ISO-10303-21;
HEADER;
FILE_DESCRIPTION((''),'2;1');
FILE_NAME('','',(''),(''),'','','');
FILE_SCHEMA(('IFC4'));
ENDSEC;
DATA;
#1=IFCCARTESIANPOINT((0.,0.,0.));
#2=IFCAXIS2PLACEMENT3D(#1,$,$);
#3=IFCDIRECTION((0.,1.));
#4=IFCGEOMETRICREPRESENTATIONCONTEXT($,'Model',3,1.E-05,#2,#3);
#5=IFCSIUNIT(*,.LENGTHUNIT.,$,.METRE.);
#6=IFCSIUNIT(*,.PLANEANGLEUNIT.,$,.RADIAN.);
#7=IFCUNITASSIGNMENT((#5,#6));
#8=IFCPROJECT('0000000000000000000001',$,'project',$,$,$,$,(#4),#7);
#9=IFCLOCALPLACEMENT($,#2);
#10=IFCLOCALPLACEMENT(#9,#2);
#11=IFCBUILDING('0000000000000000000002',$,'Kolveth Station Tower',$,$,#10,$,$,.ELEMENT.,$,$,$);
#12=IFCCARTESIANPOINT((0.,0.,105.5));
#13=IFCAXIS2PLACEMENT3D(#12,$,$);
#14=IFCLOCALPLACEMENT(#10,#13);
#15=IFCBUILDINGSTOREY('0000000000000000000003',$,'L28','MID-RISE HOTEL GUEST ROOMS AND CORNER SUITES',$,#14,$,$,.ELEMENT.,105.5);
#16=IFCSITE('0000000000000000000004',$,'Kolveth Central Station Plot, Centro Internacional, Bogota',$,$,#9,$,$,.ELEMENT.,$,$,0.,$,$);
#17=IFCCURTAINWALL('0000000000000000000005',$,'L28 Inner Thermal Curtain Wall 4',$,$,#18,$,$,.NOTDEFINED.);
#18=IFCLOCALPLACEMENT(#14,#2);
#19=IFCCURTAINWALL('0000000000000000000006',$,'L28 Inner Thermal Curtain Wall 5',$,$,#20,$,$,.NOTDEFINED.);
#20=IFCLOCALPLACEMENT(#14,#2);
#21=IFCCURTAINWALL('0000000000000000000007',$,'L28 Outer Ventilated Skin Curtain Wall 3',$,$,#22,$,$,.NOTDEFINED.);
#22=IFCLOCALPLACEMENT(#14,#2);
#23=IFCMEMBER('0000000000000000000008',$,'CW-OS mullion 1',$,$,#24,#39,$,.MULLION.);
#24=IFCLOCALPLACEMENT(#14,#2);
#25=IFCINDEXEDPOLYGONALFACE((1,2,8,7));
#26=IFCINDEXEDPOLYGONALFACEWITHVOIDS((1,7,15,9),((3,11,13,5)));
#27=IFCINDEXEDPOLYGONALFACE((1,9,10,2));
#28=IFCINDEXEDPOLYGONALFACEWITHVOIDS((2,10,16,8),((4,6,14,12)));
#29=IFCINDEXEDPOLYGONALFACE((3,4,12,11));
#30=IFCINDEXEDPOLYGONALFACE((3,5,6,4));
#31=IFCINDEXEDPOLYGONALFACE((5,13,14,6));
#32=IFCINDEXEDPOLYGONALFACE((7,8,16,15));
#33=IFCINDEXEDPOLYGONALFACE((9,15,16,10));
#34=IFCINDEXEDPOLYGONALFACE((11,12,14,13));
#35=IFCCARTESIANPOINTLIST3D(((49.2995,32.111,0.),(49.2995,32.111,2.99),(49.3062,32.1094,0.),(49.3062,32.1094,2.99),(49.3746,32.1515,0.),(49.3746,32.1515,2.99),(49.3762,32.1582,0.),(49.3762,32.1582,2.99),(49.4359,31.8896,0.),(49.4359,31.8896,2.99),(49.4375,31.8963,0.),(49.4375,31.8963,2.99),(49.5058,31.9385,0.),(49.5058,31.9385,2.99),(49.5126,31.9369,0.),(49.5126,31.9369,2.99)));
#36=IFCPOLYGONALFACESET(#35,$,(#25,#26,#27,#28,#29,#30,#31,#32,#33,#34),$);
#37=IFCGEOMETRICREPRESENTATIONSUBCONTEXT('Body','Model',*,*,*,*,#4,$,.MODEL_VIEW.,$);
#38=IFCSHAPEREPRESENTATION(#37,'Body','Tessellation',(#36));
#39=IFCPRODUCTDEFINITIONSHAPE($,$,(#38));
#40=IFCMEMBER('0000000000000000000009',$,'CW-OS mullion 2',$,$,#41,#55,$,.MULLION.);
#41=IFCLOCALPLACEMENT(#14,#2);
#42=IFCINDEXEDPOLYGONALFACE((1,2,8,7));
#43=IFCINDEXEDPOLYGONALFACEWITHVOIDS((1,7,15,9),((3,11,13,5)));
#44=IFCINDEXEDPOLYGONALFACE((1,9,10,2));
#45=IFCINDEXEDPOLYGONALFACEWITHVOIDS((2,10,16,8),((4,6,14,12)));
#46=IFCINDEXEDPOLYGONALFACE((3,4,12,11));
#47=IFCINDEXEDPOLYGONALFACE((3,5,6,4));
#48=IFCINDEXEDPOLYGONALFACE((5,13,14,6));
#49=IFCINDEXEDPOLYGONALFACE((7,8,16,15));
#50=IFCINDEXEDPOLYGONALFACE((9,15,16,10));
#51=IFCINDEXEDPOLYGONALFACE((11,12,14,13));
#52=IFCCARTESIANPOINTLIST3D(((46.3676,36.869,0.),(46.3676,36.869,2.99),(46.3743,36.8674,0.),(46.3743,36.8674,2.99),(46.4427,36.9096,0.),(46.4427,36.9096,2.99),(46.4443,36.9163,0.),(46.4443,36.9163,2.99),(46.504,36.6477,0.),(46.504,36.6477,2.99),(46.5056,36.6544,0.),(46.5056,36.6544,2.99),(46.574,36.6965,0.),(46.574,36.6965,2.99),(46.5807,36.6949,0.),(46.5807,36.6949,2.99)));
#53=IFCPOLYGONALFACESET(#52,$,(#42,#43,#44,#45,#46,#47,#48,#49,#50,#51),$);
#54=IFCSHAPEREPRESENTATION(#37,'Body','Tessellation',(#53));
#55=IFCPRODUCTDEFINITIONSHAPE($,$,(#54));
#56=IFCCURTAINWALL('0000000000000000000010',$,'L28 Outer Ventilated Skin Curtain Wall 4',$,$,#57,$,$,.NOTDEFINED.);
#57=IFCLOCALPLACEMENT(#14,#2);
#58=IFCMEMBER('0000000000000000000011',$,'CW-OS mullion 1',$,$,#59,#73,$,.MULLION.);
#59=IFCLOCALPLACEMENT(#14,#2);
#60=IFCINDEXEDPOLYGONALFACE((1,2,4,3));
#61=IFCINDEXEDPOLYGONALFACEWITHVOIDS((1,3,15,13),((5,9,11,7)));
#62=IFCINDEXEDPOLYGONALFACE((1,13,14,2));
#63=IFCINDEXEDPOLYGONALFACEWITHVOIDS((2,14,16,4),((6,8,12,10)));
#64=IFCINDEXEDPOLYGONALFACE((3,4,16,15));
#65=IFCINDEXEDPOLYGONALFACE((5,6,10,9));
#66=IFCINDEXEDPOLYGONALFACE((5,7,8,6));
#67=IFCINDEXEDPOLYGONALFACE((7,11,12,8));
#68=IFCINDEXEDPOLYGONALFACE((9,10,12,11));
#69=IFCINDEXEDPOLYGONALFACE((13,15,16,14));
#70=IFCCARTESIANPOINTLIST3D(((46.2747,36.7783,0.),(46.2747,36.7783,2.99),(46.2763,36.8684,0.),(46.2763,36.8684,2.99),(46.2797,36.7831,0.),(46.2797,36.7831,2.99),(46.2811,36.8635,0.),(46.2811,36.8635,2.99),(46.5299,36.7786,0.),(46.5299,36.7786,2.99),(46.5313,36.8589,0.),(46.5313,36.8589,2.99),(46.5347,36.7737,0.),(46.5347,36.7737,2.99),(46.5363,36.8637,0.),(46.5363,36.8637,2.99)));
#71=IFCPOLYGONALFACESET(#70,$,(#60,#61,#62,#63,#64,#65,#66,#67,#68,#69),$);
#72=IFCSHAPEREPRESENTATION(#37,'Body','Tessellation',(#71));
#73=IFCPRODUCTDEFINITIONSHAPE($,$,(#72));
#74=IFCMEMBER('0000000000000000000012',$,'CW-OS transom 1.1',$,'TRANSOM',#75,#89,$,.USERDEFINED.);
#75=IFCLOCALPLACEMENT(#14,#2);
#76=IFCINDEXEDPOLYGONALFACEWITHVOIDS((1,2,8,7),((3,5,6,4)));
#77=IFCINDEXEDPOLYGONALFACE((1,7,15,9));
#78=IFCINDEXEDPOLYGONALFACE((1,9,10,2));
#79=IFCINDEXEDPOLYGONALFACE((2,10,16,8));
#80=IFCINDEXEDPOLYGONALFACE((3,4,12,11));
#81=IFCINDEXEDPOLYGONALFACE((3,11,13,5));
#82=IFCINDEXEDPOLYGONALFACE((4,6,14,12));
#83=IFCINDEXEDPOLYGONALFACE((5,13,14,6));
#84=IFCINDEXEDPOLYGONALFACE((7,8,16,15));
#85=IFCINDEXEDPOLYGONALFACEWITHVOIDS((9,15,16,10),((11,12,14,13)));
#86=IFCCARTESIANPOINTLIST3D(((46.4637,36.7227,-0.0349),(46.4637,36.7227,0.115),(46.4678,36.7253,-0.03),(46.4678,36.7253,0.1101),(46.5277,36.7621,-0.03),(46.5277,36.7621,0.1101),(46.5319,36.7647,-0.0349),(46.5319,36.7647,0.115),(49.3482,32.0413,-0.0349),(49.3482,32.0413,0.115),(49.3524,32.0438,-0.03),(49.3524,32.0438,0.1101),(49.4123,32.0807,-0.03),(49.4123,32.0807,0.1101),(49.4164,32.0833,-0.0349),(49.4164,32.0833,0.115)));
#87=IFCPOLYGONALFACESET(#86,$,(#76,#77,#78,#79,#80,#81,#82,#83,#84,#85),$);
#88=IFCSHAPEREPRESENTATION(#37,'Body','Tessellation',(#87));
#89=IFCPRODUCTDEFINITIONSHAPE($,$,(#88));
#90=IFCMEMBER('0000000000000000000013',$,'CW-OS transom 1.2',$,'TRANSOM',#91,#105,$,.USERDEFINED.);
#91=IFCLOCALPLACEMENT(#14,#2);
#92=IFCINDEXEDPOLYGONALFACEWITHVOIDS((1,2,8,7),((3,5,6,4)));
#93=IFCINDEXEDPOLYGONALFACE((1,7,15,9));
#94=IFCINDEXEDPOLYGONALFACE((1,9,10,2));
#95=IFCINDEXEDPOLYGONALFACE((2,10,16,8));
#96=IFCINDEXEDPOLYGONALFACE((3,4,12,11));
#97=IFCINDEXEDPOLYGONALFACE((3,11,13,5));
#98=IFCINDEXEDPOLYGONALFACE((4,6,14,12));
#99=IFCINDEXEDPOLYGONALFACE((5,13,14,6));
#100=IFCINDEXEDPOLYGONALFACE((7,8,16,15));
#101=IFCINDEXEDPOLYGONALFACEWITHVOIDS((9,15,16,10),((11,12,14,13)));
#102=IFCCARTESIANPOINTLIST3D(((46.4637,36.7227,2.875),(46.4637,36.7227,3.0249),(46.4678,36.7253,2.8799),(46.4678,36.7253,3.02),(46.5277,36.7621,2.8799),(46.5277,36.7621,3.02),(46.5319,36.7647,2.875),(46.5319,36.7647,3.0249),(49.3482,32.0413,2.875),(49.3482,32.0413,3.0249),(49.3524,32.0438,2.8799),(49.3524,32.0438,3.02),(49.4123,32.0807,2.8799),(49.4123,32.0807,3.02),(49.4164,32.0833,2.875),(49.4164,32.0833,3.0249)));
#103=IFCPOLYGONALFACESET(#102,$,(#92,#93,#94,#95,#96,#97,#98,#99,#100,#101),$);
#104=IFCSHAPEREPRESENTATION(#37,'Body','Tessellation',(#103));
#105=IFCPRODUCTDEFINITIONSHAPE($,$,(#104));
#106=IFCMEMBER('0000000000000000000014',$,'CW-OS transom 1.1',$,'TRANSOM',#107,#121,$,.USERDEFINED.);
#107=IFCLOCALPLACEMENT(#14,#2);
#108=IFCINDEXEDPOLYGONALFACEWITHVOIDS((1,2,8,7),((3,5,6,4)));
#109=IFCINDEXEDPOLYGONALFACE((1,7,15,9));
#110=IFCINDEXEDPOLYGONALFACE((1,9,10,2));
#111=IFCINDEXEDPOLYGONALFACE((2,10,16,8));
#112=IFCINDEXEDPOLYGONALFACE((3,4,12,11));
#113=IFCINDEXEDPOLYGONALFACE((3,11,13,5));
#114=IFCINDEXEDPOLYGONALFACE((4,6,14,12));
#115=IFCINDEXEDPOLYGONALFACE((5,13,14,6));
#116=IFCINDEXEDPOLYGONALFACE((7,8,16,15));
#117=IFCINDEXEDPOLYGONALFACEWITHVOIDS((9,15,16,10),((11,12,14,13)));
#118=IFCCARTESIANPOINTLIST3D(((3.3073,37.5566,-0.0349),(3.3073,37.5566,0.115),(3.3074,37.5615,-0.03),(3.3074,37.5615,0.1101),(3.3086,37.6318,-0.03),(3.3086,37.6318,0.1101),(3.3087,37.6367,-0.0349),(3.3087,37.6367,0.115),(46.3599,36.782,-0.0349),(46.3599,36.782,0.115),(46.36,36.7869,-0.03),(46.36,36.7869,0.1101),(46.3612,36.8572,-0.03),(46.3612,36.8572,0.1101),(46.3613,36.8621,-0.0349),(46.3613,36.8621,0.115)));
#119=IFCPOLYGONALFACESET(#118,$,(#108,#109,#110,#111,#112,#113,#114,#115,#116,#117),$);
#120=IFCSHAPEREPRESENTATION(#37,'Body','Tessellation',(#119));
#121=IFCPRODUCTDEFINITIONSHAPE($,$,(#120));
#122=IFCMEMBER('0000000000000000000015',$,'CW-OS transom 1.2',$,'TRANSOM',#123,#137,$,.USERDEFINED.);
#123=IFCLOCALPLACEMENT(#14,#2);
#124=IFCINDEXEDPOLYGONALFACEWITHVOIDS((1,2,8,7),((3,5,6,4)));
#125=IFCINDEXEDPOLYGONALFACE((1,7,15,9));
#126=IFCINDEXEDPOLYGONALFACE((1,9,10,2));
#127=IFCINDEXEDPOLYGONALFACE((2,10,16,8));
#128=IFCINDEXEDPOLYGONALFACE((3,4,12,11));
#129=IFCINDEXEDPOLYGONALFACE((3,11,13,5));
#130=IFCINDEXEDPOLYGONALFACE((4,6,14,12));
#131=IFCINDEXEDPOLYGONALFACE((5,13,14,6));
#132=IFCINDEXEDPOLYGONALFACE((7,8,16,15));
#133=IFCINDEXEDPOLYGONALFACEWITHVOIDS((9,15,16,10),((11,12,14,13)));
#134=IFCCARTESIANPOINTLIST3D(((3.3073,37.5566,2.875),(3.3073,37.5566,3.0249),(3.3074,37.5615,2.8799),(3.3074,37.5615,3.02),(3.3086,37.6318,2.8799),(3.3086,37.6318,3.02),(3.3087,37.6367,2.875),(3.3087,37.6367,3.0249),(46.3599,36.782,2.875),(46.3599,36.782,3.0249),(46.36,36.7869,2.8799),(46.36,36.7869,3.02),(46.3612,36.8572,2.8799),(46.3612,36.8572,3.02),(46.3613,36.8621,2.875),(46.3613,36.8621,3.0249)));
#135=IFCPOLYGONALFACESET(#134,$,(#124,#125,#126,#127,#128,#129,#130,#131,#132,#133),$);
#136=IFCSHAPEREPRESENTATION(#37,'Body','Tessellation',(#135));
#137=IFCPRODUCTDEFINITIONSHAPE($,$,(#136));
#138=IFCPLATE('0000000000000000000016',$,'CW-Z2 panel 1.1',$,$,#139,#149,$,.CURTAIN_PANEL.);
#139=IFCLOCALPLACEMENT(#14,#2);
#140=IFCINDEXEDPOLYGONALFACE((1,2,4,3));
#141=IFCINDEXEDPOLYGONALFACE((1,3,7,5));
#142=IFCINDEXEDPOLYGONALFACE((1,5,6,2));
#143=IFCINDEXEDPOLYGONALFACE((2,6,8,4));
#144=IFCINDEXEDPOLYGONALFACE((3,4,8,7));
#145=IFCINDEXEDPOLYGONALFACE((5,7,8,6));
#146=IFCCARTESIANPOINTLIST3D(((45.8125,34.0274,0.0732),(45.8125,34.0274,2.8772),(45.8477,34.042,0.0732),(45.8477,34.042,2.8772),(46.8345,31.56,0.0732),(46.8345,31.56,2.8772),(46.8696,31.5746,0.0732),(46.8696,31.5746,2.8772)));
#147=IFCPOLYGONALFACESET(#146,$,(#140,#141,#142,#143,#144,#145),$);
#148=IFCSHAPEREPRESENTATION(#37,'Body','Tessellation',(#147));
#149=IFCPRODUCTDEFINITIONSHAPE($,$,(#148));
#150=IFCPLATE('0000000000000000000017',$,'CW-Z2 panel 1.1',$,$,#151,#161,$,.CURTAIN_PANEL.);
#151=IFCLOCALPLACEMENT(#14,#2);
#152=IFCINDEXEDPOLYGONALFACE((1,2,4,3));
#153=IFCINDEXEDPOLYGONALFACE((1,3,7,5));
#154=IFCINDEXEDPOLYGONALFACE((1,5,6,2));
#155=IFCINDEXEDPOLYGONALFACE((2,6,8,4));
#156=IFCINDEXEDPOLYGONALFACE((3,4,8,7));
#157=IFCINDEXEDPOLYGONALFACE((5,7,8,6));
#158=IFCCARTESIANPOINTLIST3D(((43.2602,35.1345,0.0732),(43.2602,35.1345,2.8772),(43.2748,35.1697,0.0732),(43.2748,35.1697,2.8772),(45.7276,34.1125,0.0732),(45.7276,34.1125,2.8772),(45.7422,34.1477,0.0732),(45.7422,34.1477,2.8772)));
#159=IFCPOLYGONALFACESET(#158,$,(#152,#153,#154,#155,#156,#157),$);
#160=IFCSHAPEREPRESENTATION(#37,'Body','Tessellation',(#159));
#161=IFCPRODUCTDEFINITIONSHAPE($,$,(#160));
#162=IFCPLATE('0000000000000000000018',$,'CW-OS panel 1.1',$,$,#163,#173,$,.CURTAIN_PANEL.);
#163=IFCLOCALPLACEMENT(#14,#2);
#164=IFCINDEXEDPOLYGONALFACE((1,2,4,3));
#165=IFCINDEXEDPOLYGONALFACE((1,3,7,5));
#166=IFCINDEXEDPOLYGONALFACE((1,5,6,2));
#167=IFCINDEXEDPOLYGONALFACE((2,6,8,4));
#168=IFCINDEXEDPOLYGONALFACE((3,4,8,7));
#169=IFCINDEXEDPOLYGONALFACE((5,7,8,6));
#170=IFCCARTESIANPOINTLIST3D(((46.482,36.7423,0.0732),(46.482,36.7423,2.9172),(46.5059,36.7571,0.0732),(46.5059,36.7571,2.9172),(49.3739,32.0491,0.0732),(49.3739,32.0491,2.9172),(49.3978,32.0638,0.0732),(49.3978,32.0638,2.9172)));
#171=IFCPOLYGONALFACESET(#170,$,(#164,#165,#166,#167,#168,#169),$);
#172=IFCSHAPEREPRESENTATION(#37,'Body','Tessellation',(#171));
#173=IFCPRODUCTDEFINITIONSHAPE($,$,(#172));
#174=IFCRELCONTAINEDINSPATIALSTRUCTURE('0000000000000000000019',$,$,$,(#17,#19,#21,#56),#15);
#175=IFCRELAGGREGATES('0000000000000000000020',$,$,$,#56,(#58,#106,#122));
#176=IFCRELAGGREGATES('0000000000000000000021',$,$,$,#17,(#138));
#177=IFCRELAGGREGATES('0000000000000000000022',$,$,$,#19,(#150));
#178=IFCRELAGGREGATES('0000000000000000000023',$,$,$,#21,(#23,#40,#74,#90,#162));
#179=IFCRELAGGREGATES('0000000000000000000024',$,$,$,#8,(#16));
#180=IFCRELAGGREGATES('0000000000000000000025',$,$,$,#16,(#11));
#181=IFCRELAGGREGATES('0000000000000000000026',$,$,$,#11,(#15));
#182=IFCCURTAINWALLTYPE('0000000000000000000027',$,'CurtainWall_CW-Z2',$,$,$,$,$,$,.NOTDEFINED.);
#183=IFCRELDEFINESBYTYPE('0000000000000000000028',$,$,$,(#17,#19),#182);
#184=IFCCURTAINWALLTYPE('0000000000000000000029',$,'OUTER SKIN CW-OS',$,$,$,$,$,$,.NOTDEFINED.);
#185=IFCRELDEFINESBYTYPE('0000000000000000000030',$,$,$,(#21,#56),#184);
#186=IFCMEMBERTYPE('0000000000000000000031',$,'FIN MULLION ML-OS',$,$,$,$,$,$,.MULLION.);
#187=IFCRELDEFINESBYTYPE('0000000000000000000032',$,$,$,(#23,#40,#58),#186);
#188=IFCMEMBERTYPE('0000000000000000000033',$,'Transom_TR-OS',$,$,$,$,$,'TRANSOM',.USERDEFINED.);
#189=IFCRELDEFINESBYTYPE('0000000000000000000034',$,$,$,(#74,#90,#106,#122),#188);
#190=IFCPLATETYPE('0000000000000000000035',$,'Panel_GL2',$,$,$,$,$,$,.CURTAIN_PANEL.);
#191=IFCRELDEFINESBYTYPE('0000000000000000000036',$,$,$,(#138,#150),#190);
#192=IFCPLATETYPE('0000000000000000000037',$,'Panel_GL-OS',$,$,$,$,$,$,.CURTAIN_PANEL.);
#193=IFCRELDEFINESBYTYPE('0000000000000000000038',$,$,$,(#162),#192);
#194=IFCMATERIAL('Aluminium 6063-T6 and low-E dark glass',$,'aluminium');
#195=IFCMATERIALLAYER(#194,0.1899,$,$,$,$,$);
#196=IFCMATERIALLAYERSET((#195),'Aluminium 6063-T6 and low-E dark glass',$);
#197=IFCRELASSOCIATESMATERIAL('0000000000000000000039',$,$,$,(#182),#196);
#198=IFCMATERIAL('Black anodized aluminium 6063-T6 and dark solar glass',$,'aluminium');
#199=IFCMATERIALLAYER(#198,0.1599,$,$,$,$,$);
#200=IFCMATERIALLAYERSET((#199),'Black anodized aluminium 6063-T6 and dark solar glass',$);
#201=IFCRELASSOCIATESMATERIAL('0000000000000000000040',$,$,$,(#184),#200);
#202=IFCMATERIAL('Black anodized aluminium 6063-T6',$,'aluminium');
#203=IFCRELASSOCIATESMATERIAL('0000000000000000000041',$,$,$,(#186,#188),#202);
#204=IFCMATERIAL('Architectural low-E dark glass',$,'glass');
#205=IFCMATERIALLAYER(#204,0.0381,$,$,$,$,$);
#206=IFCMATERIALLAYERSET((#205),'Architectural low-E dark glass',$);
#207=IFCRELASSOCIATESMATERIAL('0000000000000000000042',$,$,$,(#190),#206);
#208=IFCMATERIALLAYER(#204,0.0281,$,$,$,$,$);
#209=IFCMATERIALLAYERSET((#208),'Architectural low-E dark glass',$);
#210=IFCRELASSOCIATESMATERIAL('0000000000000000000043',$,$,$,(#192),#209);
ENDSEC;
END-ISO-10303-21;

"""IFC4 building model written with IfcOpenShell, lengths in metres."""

from ifc_helpers import new_model, si_unit, direction, frame, origin, origin_2d, place, context, subcontext, project, spatial, rectangle, hollow_rectangle, extrude, source, transform, mapped, material, layer, layer_set, material_profile, profile_set, type_object, element, aggregate, save


model = new_model("IFC4")

# Units and contexts
model_context = context("Model", 3, precision=1e-05, world=origin(), true_north=direction((0.0, 1.0)))
body_context = subcontext(model_context, "Body", "Model", "MODEL_VIEW")
ifc_project = project(units=[si_unit("LENGTHUNIT", "METRE"), si_unit("PLANEANGLEUNIT", "RADIAN")], contexts=[model_context])

# Site, building, storey
site_placement = place(None, origin())
site = spatial("IfcSite", under=ifc_project, at=site_placement, Name="Kolveth Central Station Plot, Centro Internacional, Bogota", CompositionType="ELEMENT", RefElevation=0.0)
building_placement = place(site_placement, origin())
building = spatial("IfcBuilding", under=site, at=building_placement, Name="Kolveth Station Tower", CompositionType="ELEMENT")
storey_placement = place(building_placement, frame((0.0, 0.0, 105.5)))
storey = spatial("IfcBuildingStorey", under=building, at=storey_placement, Name="L28", Description="MID-RISE HOTEL GUEST ROOMS AND CORNER SUITES", CompositionType="ELEMENT", Elevation=105.5)

# Curtain wall
ifc_material_1 = material(Name="Aluminium 6063-T6 and low-E dark glass", Category="aluminium")
ifc_layer_1 = layer(ifc_material_1, 0.1899)
ifc_layer_set_1 = layer_set([ifc_layer_1], Name="Aluminium 6063-T6 and low-E dark glass")
curtain_wall_type_1 = type_object("IfcCurtainWallType", Name="CurtainWall_CW-Z2", PredefinedType="NOTDEFINED", material=ifc_layer_set_1)
curtain_wall_1_placement = place(storey_placement, origin())
curtain_wall_1 = element("IfcCurtainWall", 1, at=curtain_wall_1_placement, inside=storey, type_object=curtain_wall_type_1, Name="L28 Inner Thermal Curtain Wall 4", PredefinedType="NOTDEFINED")
ifc_material_2 = material(Name="Black anodized aluminium 6063-T6", Category="aluminium")

# Curtain wall
curtain_wall_2_placement = place(storey_placement, origin())
curtain_wall_2 = element("IfcCurtainWall", 2, at=curtain_wall_2_placement, inside=storey, type_object=curtain_wall_type_1, Name="L28 Inner Thermal Curtain Wall 5", PredefinedType="NOTDEFINED")

# Shared definitions
ifc_material_3 = material(Name="Black anodized aluminium 6063-T6 and dark solar glass", Category="aluminium")
ifc_layer_2 = layer(ifc_material_3, 0.1599)
ifc_layer_set_2 = layer_set([ifc_layer_2], Name="Black anodized aluminium 6063-T6 and dark solar glass")
curtain_wall_type_2 = type_object("IfcCurtainWallType", Name="OUTER SKIN CW-OS", PredefinedType="NOTDEFINED", material=ifc_layer_set_2)
ifc_material_profile_1 = material_profile(ifc_material_2, hollow_rectangle(XDim=0.0901, YDim=0.26, WallThickness=0.0049, at=origin_2d()), Name="ALU-90x260x5")
ifc_profile_set_1 = profile_set([ifc_material_profile_1], Name="Black anodized aluminium 6063-T6")
member_type_1 = type_object("IfcMemberType", Name="FIN MULLION ML-OS", PredefinedType="MULLION", material=ifc_profile_set_1)
shared_shape_1 = source(origin(), body_context, "Body", "SweptSolid", [
    extrude(hollow_rectangle(XDim=0.0901, YDim=0.26, WallThickness=0.0049, at=origin_2d()), origin(), (0.0, 0.0, 1.0), 2.99),
])

# Curtain wall, members
curtain_wall_3_placement = place(storey_placement, origin())
curtain_wall_3 = element("IfcCurtainWall", 3, at=curtain_wall_3_placement, inside=storey, type_object=curtain_wall_type_2, Name="L28 Outer Ventilated Skin Curtain Wall 3", PredefinedType="NOTDEFINED")
member_1_placement = place(storey_placement, frame((49.406, 32.0239, 0.0), z_axis=(0.0, 0.0, 1.0), x_axis=(-0.851355, -0.524591, 0.0)))
member_1 = element("IfcMember", 4, at=member_1_placement, type_object=member_type_1, Name="CW-OS mullion 1", PredefinedType="MULLION", context=body_context, shape_type="MappedRepresentation", body=[
    mapped(shared_shape_1, transform((0.0, 0.0, 0.0), x_axis=(1.0, 0.0, 0.0), y_axis=(0.0, 1.0, 0.0), z_axis=(0.0, 0.0, 1.0), scale=1.0)),
])
member_2_placement = place(storey_placement, frame((46.4741, 36.782, 0.0), z_axis=(0.0, 0.0, 1.0), x_axis=(-0.851355, -0.524591, 0.0)))
member_2 = element("IfcMember", 5, at=member_2_placement, type_object=member_type_1, Name="CW-OS mullion 2", PredefinedType="MULLION", context=body_context, shape_type="MappedRepresentation", body=[
    mapped(shared_shape_1, transform((0.0, 0.0, 0.0), x_axis=(1.0, 0.0, 0.0), y_axis=(0.0, 1.0, 0.0), z_axis=(0.0, 0.0, 1.0), scale=1.0)),
])

# Curtain wall, member
curtain_wall_4_placement = place(storey_placement, origin())
curtain_wall_4 = element("IfcCurtainWall", 6, at=curtain_wall_4_placement, inside=storey, type_object=curtain_wall_type_2, Name="L28 Outer Ventilated Skin Curtain Wall 4", PredefinedType="NOTDEFINED")
member_3_placement = place(storey_placement, frame((46.4055, 36.821, 0.0), z_axis=(0.0, 0.0, 1.0), x_axis=(-0.017991, -0.999838, 0.0)))
member_3 = element("IfcMember", 7, at=member_3_placement, type_object=member_type_1, Name="CW-OS mullion 1", PredefinedType="MULLION", context=body_context, shape_type="MappedRepresentation", body=[
    mapped(shared_shape_1, transform((0.0, 0.0, 0.0), x_axis=(1.0, 0.0, 0.0), y_axis=(0.0, 1.0, 0.0), z_axis=(0.0, 0.0, 1.0), scale=1.0)),
])

# Members
ifc_material_profile_2 = material_profile(ifc_material_2, hollow_rectangle(XDim=0.0801, YDim=0.1499, WallThickness=0.0049, at=origin_2d()), Name="ALU-80x150x5")
ifc_profile_set_2 = profile_set([ifc_material_profile_2], Name="Black anodized aluminium 6063-T6")
member_type_2 = type_object("IfcMemberType", Name="Transom_TR-OS", ElementType="TRANSOM", PredefinedType="USERDEFINED", material=ifc_profile_set_2)
shared_shape_2 = source(origin(), body_context, "Body", "SweptSolid", [
    extrude(hollow_rectangle(XDim=0.0801, YDim=0.1499, WallThickness=0.0049, at=origin_2d()), origin(), (0.0, 0.0, 1.0), 5.4988),
])
member_4_placement = place(storey_placement, frame((49.3823, 32.0623, 0.04), z_axis=(-0.52458, 0.851361, 0.0), x_axis=(-0.851361, -0.52458, 0.0)))
member_4 = element("IfcMember", 8, at=member_4_placement, type_object=member_type_2, Name="CW-OS transom 1.1", ObjectType="TRANSOM", PredefinedType="USERDEFINED", context=body_context, shape_type="MappedRepresentation", body=[
    mapped(shared_shape_2, transform((0.0, 0.0, 0.0), x_axis=(1.0, 0.0, 0.0), y_axis=(0.0, 1.0, 0.0), z_axis=(0.0, 0.0, 1.0), scale=1.0)),
])
member_5_placement = place(storey_placement, frame((49.3823, 32.0623, 2.95), z_axis=(-0.52458, 0.851361, 0.0), x_axis=(-0.851361, -0.52458, 0.0)))
member_5 = element("IfcMember", 9, at=member_5_placement, type_object=member_type_2, Name="CW-OS transom 1.2", ObjectType="TRANSOM", PredefinedType="USERDEFINED", context=body_context, shape_type="MappedRepresentation", body=[
    mapped(shared_shape_2, transform((0.0, 0.0, 0.0), x_axis=(1.0, 0.0, 0.0), y_axis=(0.0, 1.0, 0.0), z_axis=(0.0, 0.0, 1.0), scale=1.0)),
])
shared_shape_3 = source(origin(), body_context, "Body", "SweptSolid", [
    extrude(hollow_rectangle(XDim=0.0801, YDim=0.1499, WallThickness=0.0049, at=origin_2d()), origin(), (0.0, 0.0, 1.0), 43.0596),
])
member_6_placement = place(storey_placement, frame((46.3606, 36.822, 0.04), z_axis=(-0.999838, 0.01799, 0.0), x_axis=(-0.01799, -0.999838, 0.0)))
member_6 = element("IfcMember", 10, at=member_6_placement, type_object=member_type_2, Name="CW-OS transom 1.1", ObjectType="TRANSOM", PredefinedType="USERDEFINED", context=body_context, shape_type="MappedRepresentation", body=[
    mapped(shared_shape_3, transform((0.0, 0.0, 0.0), x_axis=(1.0, 0.0, 0.0), y_axis=(0.0, 1.0, 0.0), z_axis=(0.0, 0.0, 1.0), scale=1.0)),
])
member_7_placement = place(storey_placement, frame((46.3606, 36.822, 2.95), z_axis=(-0.999838, 0.01799, 0.0), x_axis=(-0.01799, -0.999838, 0.0)))
member_7 = element("IfcMember", 11, at=member_7_placement, type_object=member_type_2, Name="CW-OS transom 1.2", ObjectType="TRANSOM", PredefinedType="USERDEFINED", context=body_context, shape_type="MappedRepresentation", body=[
    mapped(shared_shape_3, transform((0.0, 0.0, 0.0), x_axis=(1.0, 0.0, 0.0), y_axis=(0.0, 1.0, 0.0), z_axis=(0.0, 0.0, 1.0), scale=1.0)),
])
aggregate(curtain_wall_4, [member_3, member_6, member_7])

# Plates
ifc_material_4 = material(Name="Architectural low-E dark glass", Category="glass")
ifc_layer_3 = layer(ifc_material_4, 0.0381)
ifc_layer_set_3 = layer_set([ifc_layer_3], Name="Architectural low-E dark glass")
plate_type_1 = type_object("IfcPlateType", Name="Panel_GL2", PredefinedType="CURTAIN_PANEL", material=ifc_layer_set_3)
shared_shape_4 = source(origin(), body_context, "Body", "SweptSolid", [
    extrude(rectangle(XDim=2.6707, YDim=0.0381, at=origin_2d()), origin(), (0.0, 0.0, 1.0), 2.804),
])
plate_1_placement = place(storey_placement, frame((46.3411, 32.801, 0.0732), z_axis=(0.0, 0.0, 1.0), x_axis=(-0.382663, 0.923888, 0.0)))
plate_1 = element("IfcPlate", 12, at=plate_1_placement, type_object=plate_type_1, Name="CW-Z2 panel 1.1", PredefinedType="CURTAIN_PANEL", context=body_context, shape_type="MappedRepresentation", body=[
    mapped(shared_shape_4, transform((0.0, 0.0, 0.0), x_axis=(1.0, 0.0, 0.0), y_axis=(0.0, 1.0, 0.0), z_axis=(0.0, 0.0, 1.0), scale=1.0)),
])
aggregate(curtain_wall_1, [plate_1])
plate_2_placement = place(storey_placement, frame((44.5012, 34.6411, 0.0732), z_axis=(0.0, 0.0, 1.0), x_axis=(-0.923888, 0.382663, 0.0)))
plate_2 = element("IfcPlate", 13, at=plate_2_placement, type_object=plate_type_1, Name="CW-Z2 panel 1.1", PredefinedType="CURTAIN_PANEL", context=body_context, shape_type="MappedRepresentation", body=[
    mapped(shared_shape_4, transform((0.0, 0.0, 0.0), x_axis=(1.0, 0.0, 0.0), y_axis=(0.0, 1.0, 0.0), z_axis=(0.0, 0.0, 1.0), scale=1.0)),
])
aggregate(curtain_wall_2, [plate_2])
ifc_layer_4 = layer(ifc_material_4, 0.0281)
ifc_layer_set_4 = layer_set([ifc_layer_4], Name="Architectural low-E dark glass")
plate_type_2 = type_object("IfcPlateType", Name="Panel_GL-OS", PredefinedType="CURTAIN_PANEL", material=ifc_layer_set_4)
shared_shape_5 = source(origin(), body_context, "Body", "SweptSolid", [
    extrude(rectangle(XDim=5.5127, YDim=0.0281, at=origin_2d()), origin(), (0.0, 0.0, 1.0), 2.844),
])
plate_3_placement = place(storey_placement, frame((47.9399, 34.4031, 0.0732), z_axis=(0.0, 0.0, 1.0), x_axis=(-0.524591, 0.851355, 0.0)))
plate_3 = element("IfcPlate", 14, at=plate_3_placement, type_object=plate_type_2, Name="CW-OS panel 1.1", PredefinedType="CURTAIN_PANEL", context=body_context, shape_type="MappedRepresentation", body=[
    mapped(shared_shape_5, transform((0.0, 0.0, 0.0), x_axis=(1.0, 0.0, 0.0), y_axis=(0.0, 1.0, 0.0), z_axis=(0.0, 0.0, 1.0), scale=1.0)),
])
aggregate(curtain_wall_3, [member_1, member_2, member_4, member_5, plate_3])

save(model, "model.ifc")
